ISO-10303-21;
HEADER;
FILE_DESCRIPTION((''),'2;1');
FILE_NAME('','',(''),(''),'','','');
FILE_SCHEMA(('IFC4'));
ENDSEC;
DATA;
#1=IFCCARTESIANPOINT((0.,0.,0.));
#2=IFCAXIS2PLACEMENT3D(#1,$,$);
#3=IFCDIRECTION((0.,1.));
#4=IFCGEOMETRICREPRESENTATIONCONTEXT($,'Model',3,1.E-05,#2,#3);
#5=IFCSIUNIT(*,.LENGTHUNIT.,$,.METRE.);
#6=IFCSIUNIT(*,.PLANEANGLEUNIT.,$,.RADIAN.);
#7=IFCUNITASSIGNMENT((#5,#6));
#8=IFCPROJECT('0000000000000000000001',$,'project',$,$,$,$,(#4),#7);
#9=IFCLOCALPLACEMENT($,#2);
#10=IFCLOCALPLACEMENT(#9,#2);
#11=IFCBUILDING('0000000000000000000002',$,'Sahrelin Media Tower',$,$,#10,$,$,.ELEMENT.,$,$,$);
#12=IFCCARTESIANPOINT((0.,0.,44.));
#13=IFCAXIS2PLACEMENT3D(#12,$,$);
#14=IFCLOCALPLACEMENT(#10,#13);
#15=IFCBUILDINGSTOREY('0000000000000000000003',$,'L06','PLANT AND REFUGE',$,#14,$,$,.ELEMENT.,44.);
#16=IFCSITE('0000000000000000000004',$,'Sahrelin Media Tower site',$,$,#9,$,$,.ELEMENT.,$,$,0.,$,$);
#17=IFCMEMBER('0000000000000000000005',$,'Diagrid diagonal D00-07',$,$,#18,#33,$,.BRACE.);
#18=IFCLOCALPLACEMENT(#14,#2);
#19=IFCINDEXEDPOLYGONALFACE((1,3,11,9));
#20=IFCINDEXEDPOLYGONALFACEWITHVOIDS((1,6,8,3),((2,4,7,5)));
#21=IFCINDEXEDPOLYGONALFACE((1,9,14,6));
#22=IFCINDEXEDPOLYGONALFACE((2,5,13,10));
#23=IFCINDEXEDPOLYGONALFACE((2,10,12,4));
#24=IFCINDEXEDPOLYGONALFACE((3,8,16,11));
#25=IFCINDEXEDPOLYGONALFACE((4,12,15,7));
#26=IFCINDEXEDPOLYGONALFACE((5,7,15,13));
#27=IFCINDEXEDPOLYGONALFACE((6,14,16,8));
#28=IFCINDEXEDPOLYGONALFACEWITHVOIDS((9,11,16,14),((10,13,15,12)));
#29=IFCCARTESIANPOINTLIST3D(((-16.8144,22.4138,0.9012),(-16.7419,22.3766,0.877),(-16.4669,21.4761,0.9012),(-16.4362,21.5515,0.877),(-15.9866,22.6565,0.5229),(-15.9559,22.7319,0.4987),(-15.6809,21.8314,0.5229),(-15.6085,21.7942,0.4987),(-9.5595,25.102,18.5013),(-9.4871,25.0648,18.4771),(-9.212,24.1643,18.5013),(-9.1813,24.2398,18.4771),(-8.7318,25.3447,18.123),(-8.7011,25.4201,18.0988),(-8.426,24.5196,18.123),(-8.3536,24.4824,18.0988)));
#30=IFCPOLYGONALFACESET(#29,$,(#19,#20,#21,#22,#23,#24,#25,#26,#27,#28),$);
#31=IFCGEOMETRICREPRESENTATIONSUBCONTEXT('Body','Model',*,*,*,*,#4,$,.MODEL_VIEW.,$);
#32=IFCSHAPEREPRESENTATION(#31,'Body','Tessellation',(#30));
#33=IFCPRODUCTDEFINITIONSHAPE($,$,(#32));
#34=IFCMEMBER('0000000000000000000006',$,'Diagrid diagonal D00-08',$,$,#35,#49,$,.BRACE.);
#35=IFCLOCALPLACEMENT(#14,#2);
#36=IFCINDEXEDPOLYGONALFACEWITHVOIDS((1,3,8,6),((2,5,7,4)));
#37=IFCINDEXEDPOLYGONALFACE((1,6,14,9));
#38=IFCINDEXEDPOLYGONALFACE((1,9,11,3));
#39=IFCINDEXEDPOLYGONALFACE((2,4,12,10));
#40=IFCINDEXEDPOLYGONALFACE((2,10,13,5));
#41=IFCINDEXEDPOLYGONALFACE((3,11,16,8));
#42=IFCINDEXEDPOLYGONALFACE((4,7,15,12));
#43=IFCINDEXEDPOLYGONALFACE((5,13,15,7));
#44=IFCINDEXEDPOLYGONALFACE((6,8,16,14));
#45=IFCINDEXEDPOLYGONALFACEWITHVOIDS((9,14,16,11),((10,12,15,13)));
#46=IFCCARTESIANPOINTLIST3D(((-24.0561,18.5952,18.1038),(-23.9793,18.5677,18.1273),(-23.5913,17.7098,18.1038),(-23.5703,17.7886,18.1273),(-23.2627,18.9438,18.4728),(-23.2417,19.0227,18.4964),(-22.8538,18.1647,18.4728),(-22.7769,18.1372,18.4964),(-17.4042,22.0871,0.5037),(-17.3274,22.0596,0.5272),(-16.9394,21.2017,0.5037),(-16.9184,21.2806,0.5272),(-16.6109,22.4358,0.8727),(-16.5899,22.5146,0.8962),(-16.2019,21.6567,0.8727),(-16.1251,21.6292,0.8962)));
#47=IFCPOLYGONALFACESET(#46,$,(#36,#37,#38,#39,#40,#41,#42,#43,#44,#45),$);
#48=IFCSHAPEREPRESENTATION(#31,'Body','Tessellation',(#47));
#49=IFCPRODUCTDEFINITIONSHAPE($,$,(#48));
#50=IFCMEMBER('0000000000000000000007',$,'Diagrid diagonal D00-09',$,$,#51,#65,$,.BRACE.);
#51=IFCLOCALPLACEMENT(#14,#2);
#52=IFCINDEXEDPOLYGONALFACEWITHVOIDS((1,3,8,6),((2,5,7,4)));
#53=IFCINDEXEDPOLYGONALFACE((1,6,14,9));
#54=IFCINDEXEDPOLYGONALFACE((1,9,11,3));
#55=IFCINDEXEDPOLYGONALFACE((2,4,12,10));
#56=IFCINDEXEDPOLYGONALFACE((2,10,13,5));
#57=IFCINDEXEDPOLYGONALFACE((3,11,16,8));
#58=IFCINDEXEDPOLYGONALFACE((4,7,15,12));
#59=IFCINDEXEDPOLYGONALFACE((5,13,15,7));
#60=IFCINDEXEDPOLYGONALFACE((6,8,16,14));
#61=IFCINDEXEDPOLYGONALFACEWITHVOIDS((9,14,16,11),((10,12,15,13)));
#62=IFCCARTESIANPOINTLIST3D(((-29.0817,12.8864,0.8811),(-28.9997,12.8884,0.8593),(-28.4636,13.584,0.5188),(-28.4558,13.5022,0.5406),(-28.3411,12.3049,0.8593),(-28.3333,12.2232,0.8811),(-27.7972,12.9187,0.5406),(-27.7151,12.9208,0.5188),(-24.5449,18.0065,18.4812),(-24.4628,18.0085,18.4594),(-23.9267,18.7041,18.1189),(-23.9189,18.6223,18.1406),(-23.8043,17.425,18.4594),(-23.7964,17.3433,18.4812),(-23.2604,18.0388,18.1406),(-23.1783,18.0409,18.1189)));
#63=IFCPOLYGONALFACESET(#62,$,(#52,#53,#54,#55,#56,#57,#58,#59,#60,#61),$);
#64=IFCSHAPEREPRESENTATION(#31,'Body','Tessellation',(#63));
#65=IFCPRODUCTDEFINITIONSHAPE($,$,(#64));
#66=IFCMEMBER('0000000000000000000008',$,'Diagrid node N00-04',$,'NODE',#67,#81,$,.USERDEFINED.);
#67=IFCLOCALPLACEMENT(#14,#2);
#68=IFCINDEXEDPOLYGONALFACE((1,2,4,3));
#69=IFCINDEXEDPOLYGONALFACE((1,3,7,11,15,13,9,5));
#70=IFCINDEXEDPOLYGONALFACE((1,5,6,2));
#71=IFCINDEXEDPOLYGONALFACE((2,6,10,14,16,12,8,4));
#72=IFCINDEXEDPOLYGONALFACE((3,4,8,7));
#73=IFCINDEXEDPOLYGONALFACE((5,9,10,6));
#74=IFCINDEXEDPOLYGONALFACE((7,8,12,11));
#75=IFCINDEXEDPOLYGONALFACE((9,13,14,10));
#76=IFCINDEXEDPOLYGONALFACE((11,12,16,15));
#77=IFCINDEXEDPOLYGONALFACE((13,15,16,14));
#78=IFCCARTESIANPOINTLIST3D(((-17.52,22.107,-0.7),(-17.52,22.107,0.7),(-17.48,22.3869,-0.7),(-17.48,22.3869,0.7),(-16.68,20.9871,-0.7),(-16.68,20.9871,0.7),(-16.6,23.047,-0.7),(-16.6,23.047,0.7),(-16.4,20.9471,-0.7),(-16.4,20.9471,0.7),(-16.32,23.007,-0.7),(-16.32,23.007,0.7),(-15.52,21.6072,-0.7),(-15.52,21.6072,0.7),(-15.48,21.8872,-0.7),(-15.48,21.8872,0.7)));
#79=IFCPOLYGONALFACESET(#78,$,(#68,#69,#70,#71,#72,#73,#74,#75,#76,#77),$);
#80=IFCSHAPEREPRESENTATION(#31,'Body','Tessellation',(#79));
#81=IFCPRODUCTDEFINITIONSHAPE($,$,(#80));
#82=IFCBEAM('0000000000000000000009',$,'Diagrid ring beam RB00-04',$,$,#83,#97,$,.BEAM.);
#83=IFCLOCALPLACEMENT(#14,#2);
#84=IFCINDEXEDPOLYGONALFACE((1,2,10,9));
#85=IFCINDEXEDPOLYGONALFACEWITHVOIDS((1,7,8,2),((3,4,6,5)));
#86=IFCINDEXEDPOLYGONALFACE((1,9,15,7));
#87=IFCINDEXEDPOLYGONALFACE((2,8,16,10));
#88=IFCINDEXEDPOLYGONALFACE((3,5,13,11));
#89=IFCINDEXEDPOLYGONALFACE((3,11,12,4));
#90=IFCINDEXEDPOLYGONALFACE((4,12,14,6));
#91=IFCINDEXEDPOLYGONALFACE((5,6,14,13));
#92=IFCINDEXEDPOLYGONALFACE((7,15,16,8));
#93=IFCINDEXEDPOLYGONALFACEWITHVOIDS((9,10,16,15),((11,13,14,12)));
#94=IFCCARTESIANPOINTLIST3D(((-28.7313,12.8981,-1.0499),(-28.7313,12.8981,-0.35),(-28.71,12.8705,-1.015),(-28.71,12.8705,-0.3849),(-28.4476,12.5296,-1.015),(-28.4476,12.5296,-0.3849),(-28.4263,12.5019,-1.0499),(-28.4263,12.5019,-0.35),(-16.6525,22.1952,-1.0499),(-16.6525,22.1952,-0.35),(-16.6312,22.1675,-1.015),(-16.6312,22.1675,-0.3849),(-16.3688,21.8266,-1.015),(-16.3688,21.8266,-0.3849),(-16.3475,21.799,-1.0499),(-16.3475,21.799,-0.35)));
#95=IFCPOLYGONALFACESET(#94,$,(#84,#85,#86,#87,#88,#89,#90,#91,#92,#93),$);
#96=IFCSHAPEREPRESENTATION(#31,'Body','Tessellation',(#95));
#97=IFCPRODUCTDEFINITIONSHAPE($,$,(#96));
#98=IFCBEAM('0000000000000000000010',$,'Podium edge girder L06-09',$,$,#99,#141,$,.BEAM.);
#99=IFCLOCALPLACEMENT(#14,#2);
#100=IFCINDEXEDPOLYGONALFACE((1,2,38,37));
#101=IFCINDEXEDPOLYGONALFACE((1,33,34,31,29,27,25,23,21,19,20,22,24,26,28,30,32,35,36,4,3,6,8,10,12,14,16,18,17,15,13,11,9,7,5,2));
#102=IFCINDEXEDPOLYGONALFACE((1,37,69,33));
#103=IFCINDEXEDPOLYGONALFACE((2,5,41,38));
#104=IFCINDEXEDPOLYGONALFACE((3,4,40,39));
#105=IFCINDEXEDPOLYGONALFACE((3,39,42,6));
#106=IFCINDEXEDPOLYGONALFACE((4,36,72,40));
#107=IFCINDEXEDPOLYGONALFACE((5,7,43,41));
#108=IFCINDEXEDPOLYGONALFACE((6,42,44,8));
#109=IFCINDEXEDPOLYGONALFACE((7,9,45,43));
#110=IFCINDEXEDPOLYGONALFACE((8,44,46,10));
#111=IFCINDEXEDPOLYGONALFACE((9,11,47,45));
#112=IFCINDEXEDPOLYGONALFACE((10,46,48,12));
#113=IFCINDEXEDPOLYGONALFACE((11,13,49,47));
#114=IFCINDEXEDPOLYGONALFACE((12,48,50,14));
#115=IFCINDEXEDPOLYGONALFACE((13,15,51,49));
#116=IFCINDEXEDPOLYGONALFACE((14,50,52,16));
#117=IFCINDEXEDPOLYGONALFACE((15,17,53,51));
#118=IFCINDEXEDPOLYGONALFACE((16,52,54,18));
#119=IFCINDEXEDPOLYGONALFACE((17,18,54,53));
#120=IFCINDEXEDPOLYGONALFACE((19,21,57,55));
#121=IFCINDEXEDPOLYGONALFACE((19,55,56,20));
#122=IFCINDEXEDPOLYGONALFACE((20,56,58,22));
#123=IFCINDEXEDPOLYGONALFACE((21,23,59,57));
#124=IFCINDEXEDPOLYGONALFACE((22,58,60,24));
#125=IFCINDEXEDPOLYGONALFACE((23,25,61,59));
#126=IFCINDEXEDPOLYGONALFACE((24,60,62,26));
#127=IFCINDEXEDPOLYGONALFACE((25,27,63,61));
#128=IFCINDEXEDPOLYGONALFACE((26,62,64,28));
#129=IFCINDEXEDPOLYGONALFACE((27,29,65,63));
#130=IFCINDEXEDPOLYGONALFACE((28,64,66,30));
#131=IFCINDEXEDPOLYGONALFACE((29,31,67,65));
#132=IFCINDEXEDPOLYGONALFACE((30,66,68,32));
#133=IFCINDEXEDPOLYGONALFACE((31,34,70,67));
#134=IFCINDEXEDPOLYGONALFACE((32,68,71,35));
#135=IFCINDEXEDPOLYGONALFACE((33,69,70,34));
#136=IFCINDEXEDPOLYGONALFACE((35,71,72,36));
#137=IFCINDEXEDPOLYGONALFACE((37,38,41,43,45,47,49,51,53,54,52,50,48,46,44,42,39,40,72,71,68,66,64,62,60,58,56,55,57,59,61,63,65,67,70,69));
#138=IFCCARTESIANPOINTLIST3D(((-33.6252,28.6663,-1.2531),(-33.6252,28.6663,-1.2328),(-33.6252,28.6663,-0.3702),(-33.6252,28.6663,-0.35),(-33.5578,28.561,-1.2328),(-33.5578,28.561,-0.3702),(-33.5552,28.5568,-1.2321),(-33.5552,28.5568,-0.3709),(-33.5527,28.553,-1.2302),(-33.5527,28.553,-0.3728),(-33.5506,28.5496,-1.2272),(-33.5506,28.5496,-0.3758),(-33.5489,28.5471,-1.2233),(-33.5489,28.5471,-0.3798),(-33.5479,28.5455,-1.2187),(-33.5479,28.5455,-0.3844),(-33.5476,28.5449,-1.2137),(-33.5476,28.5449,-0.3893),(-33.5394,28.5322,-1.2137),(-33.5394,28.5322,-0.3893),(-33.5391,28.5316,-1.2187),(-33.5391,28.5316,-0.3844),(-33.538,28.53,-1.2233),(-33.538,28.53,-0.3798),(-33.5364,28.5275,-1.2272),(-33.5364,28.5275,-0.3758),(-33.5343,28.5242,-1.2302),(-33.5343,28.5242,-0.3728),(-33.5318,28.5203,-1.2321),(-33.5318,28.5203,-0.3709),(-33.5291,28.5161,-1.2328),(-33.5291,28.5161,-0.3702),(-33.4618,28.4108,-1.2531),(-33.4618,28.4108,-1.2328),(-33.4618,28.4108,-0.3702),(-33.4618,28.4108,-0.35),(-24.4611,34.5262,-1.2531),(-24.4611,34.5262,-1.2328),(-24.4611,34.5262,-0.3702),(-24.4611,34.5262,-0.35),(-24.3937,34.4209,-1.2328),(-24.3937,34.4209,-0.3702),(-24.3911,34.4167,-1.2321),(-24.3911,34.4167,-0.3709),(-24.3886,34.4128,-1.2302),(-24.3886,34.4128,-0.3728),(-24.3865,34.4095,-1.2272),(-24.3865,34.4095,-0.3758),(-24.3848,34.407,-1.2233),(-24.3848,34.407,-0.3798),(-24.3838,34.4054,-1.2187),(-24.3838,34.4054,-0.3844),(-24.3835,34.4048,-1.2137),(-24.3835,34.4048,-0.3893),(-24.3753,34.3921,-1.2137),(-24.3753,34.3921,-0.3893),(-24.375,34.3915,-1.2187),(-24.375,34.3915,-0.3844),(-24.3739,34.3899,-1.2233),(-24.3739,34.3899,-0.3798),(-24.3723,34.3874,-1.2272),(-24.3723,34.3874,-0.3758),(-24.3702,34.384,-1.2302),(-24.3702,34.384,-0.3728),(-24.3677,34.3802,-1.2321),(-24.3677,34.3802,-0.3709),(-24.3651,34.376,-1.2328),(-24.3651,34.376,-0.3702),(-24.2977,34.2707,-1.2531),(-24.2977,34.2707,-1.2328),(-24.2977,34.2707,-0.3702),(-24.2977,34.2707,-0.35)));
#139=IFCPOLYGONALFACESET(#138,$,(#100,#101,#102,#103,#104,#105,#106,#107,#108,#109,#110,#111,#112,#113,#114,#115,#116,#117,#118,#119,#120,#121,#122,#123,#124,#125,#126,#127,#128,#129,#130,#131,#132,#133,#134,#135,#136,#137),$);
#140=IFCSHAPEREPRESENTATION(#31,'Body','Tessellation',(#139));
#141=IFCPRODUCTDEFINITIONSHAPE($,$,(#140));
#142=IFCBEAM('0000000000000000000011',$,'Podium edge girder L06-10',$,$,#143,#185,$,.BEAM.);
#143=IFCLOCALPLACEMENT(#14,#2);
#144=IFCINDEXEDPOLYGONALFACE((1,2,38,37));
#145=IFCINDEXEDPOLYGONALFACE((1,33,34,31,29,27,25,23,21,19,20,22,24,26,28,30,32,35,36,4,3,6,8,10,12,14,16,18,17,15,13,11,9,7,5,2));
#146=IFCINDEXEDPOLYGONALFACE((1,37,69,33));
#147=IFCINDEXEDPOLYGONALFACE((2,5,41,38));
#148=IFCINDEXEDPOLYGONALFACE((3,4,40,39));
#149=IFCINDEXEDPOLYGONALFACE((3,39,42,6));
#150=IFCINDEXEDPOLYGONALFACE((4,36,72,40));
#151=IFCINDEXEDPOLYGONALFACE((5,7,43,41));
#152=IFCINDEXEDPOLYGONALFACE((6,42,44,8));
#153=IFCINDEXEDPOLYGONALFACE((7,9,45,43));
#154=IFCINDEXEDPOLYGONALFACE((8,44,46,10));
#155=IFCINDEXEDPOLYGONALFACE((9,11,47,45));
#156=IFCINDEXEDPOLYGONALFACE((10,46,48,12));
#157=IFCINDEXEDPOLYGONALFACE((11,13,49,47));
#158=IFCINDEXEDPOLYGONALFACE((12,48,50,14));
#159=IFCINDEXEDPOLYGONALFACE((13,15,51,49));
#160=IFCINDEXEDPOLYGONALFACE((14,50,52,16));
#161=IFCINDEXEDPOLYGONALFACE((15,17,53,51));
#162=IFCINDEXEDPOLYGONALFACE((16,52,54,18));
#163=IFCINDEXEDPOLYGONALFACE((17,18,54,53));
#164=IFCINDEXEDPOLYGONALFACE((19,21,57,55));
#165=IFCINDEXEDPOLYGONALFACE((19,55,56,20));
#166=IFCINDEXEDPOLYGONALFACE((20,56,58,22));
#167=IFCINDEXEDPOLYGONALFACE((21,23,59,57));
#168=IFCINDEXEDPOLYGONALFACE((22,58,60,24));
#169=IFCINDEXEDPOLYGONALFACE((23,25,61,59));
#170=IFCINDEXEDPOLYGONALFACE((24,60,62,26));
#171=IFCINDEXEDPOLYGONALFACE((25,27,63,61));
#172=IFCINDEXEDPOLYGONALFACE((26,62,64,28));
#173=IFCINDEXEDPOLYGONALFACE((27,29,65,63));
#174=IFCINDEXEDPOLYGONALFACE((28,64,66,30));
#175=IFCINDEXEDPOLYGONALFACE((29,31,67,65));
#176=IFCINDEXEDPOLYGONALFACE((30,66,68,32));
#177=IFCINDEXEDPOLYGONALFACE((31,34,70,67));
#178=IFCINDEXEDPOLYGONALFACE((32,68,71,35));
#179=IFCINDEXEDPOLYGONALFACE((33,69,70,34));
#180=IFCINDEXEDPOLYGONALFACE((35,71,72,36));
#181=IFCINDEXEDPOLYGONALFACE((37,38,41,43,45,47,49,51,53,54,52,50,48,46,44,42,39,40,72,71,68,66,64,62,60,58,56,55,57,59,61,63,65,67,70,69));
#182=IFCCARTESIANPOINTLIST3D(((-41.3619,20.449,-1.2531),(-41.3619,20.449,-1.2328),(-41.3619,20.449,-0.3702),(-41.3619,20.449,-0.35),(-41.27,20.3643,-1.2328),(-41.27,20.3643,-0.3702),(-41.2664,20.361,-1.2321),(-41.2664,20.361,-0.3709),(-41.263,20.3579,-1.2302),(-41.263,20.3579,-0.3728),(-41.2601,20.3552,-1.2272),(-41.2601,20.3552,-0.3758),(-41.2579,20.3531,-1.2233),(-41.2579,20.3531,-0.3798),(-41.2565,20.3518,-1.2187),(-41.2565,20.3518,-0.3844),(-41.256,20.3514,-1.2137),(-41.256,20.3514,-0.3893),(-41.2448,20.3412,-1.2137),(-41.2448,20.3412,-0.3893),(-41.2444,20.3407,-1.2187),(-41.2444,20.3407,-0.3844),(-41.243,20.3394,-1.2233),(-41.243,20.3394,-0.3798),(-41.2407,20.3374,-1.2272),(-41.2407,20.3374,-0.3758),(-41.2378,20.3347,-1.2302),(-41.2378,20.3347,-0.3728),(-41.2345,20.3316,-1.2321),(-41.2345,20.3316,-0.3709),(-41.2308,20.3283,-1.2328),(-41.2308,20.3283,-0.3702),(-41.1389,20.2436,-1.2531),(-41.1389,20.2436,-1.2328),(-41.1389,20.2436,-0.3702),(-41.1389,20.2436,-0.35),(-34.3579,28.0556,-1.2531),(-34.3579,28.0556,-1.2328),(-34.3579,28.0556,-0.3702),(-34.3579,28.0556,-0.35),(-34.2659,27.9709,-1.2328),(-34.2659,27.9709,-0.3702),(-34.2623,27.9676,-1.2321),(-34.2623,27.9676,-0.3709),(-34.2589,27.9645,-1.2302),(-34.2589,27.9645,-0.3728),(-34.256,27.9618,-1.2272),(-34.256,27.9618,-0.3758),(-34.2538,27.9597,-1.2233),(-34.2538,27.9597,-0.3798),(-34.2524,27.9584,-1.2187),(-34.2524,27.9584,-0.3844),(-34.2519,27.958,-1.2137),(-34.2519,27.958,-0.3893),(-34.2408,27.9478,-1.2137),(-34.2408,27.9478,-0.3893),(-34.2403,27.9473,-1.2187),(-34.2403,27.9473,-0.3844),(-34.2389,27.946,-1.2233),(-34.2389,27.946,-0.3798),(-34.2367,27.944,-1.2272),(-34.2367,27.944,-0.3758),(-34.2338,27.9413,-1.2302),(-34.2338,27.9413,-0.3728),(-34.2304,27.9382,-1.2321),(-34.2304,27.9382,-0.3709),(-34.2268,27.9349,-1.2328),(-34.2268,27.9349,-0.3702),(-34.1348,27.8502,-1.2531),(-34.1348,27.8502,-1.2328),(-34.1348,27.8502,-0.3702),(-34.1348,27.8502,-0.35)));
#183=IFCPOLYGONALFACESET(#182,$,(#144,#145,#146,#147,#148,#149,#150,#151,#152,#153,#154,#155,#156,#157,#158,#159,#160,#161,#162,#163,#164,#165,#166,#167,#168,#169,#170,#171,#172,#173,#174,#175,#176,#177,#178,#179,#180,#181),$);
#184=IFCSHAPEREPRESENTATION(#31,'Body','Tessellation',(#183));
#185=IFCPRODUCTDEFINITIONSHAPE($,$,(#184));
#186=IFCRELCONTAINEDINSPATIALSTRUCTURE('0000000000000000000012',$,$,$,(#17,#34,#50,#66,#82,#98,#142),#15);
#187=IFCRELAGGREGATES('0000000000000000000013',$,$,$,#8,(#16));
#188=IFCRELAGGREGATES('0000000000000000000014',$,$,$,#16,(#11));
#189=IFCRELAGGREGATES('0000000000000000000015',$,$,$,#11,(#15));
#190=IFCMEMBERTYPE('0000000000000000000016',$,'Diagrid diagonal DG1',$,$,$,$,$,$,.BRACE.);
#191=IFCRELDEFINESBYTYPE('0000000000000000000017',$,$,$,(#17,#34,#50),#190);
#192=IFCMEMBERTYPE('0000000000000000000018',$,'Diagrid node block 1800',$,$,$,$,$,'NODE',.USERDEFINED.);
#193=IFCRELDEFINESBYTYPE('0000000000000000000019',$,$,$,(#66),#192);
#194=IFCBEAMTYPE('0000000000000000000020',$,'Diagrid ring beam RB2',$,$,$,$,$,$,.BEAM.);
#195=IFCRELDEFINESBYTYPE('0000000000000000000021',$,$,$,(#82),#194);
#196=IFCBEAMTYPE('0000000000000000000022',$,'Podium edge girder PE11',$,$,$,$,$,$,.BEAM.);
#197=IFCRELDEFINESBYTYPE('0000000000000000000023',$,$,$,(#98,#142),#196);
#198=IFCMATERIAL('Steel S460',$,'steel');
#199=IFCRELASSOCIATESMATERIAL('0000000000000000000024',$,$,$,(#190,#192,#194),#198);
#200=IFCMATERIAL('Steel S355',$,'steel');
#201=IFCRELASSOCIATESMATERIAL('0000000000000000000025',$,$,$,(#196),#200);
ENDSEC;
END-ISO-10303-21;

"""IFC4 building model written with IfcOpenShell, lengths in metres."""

from ifc_helpers import new_model, si_unit, direction, frame, origin, origin_2d, place, context, subcontext, project, spatial, polyline, hollow_rectangle, i_section, outline, extrude, material, material_profile, profile_set, type_object, element, save


model = new_model("IFC4")

# Units and contexts
model_context = context("Model", 3, precision=1e-05, world=origin(), true_north=direction((0.0, 1.0)))
body_context = subcontext(model_context, "Body", "Model", "MODEL_VIEW")
ifc_project = project(units=[si_unit("LENGTHUNIT", "METRE"), si_unit("PLANEANGLEUNIT", "RADIAN")], contexts=[model_context])

# Site, building, storey
site_placement = place(None, origin())
site = spatial("IfcSite", under=ifc_project, at=site_placement, Name="Sahrelin Media Tower site", CompositionType="ELEMENT", RefElevation=0.0)
building_placement = place(site_placement, origin())
building = spatial("IfcBuilding", under=site, at=building_placement, Name="Sahrelin Media Tower", CompositionType="ELEMENT")
storey_placement = place(building_placement, frame((0.0, 0.0, 44.0)))
storey = spatial("IfcBuildingStorey", under=building, at=storey_placement, Name="L06", Description="PLANT AND REFUGE", CompositionType="ELEMENT", Elevation=44.0)

# Members
ifc_material_1 = material(Name="Steel S460", Category="steel")
ifc_material_profile_1 = material_profile(ifc_material_1, hollow_rectangle(XDim=1.0, YDim=1.0, WallThickness=0.0601, at=origin_2d()), Name="Diagrid diagonal DG1")
ifc_profile_set_1 = profile_set([ifc_material_profile_1], Name="Steel S460")
member_type_1 = type_object("IfcMemberType", Name="Diagrid diagonal DG1", PredefinedType="BRACE", material=ifc_profile_set_1)
member_1_placement = place(storey_placement, frame((-16.2114, 22.104, 0.7), z_axis=(0.377356, 0.139826, 0.915452), x_axis=(-0.347455, 0.937697, 0.0)))
element("IfcMember", 1, at=member_1_placement, inside=storey, type_object=member_type_1, Name="Diagrid diagonal D00-07", PredefinedType="BRACE", context=body_context, shape_type="SweptSolid", body=[
    extrude(hollow_rectangle(XDim=1.0, YDim=1.0, WallThickness=0.0601, at=origin_2d()), origin(), (0.0, 0.0, 1.0), 19.2256),
])
member_2_placement = place(storey_placement, frame((-16.7646, 21.8582, 0.7), z_axis=(-0.347601, -0.182476, 0.919715), x_axis=(0.464805, -0.885413, 0.0)))
element("IfcMember", 2, at=member_2_placement, inside=storey, type_object=member_type_1, Name="Diagrid diagonal D00-08", PredefinedType="BRACE", context=body_context, shape_type="SweptSolid", body=[
    extrude(hollow_rectangle(XDim=1.0, YDim=1.0, WallThickness=0.0601, at=origin_2d()), origin(), (0.0, 0.0, 1.0), 19.1365),
])
member_3_placement = place(storey_placement, frame((-28.3984, 12.9036, 0.7), z_axis=(0.240264, 0.271152, 0.932068), x_axis=(-0.74845, 0.663191, 0.0)))
element("IfcMember", 3, at=member_3_placement, inside=storey, type_object=member_type_1, Name="Diagrid diagonal D00-09", PredefinedType="BRACE", context=body_context, shape_type="SweptSolid", body=[
    extrude(hollow_rectangle(XDim=1.0, YDim=1.0, WallThickness=0.0601, at=origin_2d()), origin(), (0.0, 0.0, 1.0), 18.8828),
])
ifc_material_profile_2 = material_profile(ifc_material_1, outline(polyline([(0.7, -0.75), (0.8999, -0.55), (0.8999, 0.55), (0.7, 0.75), (-0.7, 0.75), (-0.8999, 0.55), (-0.8999, -0.55), (-0.7, -0.75), (0.7, -0.75)])), Name="Diagrid node block 1800")
ifc_profile_set_2 = profile_set([ifc_material_profile_2], Name="Steel S460")
member_type_2 = type_object("IfcMemberType", Name="Diagrid node block 1800", ElementType="NODE", PredefinedType="USERDEFINED", material=ifc_profile_set_2)
member_4_placement = place(storey_placement, frame((-16.5, 21.9971, -0.7), z_axis=(0.0, 0.0, 1.0), x_axis=(-0.600052, 0.799961, 0.0)))
element("IfcMember", 4, at=member_4_placement, inside=storey, type_object=member_type_2, Name="Diagrid node N00-04", ObjectType="NODE", PredefinedType="USERDEFINED", context=body_context, shape_type="SweptSolid", body=[
    extrude(outline(polyline([(0.7, -0.75), (0.8999, -0.55), (0.8999, 0.55), (0.7, 0.75), (-0.7, 0.75), (-0.8999, 0.55), (-0.8999, -0.55), (-0.7, -0.75), (0.7, -0.75)])), origin(), (0.0, 0.0, 1.0), 1.3999),
])

# Beams
ifc_material_profile_3 = material_profile(ifc_material_1, hollow_rectangle(XDim=0.5, YDim=0.7, WallThickness=0.0349, at=origin_2d()), Name="Diagrid ring beam RB2")
ifc_profile_set_3 = profile_set([ifc_material_profile_3], Name="Steel S460")
beam_type_1 = type_object("IfcBeamType", Name="Diagrid ring beam RB2", PredefinedType="BEAM", material=ifc_profile_set_3)
beam_1_placement = place(storey_placement, frame((-16.5, 21.9971, -0.7), z_axis=(-0.792444, -0.609945, 0.0), x_axis=(0.609945, -0.792444, 0.0)))
element("IfcBeam", 5, at=beam_1_placement, inside=storey, type_object=beam_type_1, Name="Diagrid ring beam RB00-04", PredefinedType="BEAM", context=body_context, shape_type="SweptSolid", body=[
    extrude(hollow_rectangle(XDim=0.5, YDim=0.7, WallThickness=0.0349, at=origin_2d()), origin(), (0.0, 0.0, 1.0), 15.2424),
])
ifc_material_2 = material(Name="Steel S355", Category="steel")
ifc_material_profile_4 = material_profile(ifc_material_2, i_section(OverallWidth=0.3032, OverallDepth=0.9031, WebThickness=0.0151, FlangeThickness=0.0203, FilletRadius=0.019, at=origin_2d()), Name="UB 914x305x201")
ifc_profile_set_4 = profile_set([ifc_material_profile_4], Name="Steel S355")
beam_type_2 = type_object("IfcBeamType", Name="Podium edge girder PE11", PredefinedType="BEAM", material=ifc_profile_set_4)
beam_2_placement = place(storey_placement, frame((-24.3794, 34.3984, -0.8015), z_axis=(-0.842486, -0.538719, 0.0), x_axis=(0.538719, -0.842486, 0.0)))
element("IfcBeam", 6, at=beam_2_placement, inside=storey, type_object=beam_type_2, Name="Podium edge girder L06-09", PredefinedType="BEAM", context=body_context, shape_type="SweptSolid", body=[
    extrude(i_section(OverallWidth=0.3032, OverallDepth=0.9031, WebThickness=0.0151, FlangeThickness=0.0203, FilletRadius=0.019, at=origin_2d()), origin(), (0.0, 0.0, 1.0), 10.8774),
])
beam_3_placement = place(storey_placement, frame((-34.2463, 27.9529, -0.8015), z_axis=(-0.677371, -0.735642, 0.0), x_axis=(0.735642, -0.677371, 0.0)))
element("IfcBeam", 7, at=beam_3_placement, inside=storey, type_object=beam_type_2, Name="Podium edge girder L06-10", PredefinedType="BEAM", context=body_context, shape_type="SweptSolid", body=[
    extrude(i_section(OverallWidth=0.3032, OverallDepth=0.9031, WebThickness=0.0151, FlangeThickness=0.0203, FilletRadius=0.019, at=origin_2d()), origin(), (0.0, 0.0, 1.0), 10.3401),
])

save(model, "model.ifc")
